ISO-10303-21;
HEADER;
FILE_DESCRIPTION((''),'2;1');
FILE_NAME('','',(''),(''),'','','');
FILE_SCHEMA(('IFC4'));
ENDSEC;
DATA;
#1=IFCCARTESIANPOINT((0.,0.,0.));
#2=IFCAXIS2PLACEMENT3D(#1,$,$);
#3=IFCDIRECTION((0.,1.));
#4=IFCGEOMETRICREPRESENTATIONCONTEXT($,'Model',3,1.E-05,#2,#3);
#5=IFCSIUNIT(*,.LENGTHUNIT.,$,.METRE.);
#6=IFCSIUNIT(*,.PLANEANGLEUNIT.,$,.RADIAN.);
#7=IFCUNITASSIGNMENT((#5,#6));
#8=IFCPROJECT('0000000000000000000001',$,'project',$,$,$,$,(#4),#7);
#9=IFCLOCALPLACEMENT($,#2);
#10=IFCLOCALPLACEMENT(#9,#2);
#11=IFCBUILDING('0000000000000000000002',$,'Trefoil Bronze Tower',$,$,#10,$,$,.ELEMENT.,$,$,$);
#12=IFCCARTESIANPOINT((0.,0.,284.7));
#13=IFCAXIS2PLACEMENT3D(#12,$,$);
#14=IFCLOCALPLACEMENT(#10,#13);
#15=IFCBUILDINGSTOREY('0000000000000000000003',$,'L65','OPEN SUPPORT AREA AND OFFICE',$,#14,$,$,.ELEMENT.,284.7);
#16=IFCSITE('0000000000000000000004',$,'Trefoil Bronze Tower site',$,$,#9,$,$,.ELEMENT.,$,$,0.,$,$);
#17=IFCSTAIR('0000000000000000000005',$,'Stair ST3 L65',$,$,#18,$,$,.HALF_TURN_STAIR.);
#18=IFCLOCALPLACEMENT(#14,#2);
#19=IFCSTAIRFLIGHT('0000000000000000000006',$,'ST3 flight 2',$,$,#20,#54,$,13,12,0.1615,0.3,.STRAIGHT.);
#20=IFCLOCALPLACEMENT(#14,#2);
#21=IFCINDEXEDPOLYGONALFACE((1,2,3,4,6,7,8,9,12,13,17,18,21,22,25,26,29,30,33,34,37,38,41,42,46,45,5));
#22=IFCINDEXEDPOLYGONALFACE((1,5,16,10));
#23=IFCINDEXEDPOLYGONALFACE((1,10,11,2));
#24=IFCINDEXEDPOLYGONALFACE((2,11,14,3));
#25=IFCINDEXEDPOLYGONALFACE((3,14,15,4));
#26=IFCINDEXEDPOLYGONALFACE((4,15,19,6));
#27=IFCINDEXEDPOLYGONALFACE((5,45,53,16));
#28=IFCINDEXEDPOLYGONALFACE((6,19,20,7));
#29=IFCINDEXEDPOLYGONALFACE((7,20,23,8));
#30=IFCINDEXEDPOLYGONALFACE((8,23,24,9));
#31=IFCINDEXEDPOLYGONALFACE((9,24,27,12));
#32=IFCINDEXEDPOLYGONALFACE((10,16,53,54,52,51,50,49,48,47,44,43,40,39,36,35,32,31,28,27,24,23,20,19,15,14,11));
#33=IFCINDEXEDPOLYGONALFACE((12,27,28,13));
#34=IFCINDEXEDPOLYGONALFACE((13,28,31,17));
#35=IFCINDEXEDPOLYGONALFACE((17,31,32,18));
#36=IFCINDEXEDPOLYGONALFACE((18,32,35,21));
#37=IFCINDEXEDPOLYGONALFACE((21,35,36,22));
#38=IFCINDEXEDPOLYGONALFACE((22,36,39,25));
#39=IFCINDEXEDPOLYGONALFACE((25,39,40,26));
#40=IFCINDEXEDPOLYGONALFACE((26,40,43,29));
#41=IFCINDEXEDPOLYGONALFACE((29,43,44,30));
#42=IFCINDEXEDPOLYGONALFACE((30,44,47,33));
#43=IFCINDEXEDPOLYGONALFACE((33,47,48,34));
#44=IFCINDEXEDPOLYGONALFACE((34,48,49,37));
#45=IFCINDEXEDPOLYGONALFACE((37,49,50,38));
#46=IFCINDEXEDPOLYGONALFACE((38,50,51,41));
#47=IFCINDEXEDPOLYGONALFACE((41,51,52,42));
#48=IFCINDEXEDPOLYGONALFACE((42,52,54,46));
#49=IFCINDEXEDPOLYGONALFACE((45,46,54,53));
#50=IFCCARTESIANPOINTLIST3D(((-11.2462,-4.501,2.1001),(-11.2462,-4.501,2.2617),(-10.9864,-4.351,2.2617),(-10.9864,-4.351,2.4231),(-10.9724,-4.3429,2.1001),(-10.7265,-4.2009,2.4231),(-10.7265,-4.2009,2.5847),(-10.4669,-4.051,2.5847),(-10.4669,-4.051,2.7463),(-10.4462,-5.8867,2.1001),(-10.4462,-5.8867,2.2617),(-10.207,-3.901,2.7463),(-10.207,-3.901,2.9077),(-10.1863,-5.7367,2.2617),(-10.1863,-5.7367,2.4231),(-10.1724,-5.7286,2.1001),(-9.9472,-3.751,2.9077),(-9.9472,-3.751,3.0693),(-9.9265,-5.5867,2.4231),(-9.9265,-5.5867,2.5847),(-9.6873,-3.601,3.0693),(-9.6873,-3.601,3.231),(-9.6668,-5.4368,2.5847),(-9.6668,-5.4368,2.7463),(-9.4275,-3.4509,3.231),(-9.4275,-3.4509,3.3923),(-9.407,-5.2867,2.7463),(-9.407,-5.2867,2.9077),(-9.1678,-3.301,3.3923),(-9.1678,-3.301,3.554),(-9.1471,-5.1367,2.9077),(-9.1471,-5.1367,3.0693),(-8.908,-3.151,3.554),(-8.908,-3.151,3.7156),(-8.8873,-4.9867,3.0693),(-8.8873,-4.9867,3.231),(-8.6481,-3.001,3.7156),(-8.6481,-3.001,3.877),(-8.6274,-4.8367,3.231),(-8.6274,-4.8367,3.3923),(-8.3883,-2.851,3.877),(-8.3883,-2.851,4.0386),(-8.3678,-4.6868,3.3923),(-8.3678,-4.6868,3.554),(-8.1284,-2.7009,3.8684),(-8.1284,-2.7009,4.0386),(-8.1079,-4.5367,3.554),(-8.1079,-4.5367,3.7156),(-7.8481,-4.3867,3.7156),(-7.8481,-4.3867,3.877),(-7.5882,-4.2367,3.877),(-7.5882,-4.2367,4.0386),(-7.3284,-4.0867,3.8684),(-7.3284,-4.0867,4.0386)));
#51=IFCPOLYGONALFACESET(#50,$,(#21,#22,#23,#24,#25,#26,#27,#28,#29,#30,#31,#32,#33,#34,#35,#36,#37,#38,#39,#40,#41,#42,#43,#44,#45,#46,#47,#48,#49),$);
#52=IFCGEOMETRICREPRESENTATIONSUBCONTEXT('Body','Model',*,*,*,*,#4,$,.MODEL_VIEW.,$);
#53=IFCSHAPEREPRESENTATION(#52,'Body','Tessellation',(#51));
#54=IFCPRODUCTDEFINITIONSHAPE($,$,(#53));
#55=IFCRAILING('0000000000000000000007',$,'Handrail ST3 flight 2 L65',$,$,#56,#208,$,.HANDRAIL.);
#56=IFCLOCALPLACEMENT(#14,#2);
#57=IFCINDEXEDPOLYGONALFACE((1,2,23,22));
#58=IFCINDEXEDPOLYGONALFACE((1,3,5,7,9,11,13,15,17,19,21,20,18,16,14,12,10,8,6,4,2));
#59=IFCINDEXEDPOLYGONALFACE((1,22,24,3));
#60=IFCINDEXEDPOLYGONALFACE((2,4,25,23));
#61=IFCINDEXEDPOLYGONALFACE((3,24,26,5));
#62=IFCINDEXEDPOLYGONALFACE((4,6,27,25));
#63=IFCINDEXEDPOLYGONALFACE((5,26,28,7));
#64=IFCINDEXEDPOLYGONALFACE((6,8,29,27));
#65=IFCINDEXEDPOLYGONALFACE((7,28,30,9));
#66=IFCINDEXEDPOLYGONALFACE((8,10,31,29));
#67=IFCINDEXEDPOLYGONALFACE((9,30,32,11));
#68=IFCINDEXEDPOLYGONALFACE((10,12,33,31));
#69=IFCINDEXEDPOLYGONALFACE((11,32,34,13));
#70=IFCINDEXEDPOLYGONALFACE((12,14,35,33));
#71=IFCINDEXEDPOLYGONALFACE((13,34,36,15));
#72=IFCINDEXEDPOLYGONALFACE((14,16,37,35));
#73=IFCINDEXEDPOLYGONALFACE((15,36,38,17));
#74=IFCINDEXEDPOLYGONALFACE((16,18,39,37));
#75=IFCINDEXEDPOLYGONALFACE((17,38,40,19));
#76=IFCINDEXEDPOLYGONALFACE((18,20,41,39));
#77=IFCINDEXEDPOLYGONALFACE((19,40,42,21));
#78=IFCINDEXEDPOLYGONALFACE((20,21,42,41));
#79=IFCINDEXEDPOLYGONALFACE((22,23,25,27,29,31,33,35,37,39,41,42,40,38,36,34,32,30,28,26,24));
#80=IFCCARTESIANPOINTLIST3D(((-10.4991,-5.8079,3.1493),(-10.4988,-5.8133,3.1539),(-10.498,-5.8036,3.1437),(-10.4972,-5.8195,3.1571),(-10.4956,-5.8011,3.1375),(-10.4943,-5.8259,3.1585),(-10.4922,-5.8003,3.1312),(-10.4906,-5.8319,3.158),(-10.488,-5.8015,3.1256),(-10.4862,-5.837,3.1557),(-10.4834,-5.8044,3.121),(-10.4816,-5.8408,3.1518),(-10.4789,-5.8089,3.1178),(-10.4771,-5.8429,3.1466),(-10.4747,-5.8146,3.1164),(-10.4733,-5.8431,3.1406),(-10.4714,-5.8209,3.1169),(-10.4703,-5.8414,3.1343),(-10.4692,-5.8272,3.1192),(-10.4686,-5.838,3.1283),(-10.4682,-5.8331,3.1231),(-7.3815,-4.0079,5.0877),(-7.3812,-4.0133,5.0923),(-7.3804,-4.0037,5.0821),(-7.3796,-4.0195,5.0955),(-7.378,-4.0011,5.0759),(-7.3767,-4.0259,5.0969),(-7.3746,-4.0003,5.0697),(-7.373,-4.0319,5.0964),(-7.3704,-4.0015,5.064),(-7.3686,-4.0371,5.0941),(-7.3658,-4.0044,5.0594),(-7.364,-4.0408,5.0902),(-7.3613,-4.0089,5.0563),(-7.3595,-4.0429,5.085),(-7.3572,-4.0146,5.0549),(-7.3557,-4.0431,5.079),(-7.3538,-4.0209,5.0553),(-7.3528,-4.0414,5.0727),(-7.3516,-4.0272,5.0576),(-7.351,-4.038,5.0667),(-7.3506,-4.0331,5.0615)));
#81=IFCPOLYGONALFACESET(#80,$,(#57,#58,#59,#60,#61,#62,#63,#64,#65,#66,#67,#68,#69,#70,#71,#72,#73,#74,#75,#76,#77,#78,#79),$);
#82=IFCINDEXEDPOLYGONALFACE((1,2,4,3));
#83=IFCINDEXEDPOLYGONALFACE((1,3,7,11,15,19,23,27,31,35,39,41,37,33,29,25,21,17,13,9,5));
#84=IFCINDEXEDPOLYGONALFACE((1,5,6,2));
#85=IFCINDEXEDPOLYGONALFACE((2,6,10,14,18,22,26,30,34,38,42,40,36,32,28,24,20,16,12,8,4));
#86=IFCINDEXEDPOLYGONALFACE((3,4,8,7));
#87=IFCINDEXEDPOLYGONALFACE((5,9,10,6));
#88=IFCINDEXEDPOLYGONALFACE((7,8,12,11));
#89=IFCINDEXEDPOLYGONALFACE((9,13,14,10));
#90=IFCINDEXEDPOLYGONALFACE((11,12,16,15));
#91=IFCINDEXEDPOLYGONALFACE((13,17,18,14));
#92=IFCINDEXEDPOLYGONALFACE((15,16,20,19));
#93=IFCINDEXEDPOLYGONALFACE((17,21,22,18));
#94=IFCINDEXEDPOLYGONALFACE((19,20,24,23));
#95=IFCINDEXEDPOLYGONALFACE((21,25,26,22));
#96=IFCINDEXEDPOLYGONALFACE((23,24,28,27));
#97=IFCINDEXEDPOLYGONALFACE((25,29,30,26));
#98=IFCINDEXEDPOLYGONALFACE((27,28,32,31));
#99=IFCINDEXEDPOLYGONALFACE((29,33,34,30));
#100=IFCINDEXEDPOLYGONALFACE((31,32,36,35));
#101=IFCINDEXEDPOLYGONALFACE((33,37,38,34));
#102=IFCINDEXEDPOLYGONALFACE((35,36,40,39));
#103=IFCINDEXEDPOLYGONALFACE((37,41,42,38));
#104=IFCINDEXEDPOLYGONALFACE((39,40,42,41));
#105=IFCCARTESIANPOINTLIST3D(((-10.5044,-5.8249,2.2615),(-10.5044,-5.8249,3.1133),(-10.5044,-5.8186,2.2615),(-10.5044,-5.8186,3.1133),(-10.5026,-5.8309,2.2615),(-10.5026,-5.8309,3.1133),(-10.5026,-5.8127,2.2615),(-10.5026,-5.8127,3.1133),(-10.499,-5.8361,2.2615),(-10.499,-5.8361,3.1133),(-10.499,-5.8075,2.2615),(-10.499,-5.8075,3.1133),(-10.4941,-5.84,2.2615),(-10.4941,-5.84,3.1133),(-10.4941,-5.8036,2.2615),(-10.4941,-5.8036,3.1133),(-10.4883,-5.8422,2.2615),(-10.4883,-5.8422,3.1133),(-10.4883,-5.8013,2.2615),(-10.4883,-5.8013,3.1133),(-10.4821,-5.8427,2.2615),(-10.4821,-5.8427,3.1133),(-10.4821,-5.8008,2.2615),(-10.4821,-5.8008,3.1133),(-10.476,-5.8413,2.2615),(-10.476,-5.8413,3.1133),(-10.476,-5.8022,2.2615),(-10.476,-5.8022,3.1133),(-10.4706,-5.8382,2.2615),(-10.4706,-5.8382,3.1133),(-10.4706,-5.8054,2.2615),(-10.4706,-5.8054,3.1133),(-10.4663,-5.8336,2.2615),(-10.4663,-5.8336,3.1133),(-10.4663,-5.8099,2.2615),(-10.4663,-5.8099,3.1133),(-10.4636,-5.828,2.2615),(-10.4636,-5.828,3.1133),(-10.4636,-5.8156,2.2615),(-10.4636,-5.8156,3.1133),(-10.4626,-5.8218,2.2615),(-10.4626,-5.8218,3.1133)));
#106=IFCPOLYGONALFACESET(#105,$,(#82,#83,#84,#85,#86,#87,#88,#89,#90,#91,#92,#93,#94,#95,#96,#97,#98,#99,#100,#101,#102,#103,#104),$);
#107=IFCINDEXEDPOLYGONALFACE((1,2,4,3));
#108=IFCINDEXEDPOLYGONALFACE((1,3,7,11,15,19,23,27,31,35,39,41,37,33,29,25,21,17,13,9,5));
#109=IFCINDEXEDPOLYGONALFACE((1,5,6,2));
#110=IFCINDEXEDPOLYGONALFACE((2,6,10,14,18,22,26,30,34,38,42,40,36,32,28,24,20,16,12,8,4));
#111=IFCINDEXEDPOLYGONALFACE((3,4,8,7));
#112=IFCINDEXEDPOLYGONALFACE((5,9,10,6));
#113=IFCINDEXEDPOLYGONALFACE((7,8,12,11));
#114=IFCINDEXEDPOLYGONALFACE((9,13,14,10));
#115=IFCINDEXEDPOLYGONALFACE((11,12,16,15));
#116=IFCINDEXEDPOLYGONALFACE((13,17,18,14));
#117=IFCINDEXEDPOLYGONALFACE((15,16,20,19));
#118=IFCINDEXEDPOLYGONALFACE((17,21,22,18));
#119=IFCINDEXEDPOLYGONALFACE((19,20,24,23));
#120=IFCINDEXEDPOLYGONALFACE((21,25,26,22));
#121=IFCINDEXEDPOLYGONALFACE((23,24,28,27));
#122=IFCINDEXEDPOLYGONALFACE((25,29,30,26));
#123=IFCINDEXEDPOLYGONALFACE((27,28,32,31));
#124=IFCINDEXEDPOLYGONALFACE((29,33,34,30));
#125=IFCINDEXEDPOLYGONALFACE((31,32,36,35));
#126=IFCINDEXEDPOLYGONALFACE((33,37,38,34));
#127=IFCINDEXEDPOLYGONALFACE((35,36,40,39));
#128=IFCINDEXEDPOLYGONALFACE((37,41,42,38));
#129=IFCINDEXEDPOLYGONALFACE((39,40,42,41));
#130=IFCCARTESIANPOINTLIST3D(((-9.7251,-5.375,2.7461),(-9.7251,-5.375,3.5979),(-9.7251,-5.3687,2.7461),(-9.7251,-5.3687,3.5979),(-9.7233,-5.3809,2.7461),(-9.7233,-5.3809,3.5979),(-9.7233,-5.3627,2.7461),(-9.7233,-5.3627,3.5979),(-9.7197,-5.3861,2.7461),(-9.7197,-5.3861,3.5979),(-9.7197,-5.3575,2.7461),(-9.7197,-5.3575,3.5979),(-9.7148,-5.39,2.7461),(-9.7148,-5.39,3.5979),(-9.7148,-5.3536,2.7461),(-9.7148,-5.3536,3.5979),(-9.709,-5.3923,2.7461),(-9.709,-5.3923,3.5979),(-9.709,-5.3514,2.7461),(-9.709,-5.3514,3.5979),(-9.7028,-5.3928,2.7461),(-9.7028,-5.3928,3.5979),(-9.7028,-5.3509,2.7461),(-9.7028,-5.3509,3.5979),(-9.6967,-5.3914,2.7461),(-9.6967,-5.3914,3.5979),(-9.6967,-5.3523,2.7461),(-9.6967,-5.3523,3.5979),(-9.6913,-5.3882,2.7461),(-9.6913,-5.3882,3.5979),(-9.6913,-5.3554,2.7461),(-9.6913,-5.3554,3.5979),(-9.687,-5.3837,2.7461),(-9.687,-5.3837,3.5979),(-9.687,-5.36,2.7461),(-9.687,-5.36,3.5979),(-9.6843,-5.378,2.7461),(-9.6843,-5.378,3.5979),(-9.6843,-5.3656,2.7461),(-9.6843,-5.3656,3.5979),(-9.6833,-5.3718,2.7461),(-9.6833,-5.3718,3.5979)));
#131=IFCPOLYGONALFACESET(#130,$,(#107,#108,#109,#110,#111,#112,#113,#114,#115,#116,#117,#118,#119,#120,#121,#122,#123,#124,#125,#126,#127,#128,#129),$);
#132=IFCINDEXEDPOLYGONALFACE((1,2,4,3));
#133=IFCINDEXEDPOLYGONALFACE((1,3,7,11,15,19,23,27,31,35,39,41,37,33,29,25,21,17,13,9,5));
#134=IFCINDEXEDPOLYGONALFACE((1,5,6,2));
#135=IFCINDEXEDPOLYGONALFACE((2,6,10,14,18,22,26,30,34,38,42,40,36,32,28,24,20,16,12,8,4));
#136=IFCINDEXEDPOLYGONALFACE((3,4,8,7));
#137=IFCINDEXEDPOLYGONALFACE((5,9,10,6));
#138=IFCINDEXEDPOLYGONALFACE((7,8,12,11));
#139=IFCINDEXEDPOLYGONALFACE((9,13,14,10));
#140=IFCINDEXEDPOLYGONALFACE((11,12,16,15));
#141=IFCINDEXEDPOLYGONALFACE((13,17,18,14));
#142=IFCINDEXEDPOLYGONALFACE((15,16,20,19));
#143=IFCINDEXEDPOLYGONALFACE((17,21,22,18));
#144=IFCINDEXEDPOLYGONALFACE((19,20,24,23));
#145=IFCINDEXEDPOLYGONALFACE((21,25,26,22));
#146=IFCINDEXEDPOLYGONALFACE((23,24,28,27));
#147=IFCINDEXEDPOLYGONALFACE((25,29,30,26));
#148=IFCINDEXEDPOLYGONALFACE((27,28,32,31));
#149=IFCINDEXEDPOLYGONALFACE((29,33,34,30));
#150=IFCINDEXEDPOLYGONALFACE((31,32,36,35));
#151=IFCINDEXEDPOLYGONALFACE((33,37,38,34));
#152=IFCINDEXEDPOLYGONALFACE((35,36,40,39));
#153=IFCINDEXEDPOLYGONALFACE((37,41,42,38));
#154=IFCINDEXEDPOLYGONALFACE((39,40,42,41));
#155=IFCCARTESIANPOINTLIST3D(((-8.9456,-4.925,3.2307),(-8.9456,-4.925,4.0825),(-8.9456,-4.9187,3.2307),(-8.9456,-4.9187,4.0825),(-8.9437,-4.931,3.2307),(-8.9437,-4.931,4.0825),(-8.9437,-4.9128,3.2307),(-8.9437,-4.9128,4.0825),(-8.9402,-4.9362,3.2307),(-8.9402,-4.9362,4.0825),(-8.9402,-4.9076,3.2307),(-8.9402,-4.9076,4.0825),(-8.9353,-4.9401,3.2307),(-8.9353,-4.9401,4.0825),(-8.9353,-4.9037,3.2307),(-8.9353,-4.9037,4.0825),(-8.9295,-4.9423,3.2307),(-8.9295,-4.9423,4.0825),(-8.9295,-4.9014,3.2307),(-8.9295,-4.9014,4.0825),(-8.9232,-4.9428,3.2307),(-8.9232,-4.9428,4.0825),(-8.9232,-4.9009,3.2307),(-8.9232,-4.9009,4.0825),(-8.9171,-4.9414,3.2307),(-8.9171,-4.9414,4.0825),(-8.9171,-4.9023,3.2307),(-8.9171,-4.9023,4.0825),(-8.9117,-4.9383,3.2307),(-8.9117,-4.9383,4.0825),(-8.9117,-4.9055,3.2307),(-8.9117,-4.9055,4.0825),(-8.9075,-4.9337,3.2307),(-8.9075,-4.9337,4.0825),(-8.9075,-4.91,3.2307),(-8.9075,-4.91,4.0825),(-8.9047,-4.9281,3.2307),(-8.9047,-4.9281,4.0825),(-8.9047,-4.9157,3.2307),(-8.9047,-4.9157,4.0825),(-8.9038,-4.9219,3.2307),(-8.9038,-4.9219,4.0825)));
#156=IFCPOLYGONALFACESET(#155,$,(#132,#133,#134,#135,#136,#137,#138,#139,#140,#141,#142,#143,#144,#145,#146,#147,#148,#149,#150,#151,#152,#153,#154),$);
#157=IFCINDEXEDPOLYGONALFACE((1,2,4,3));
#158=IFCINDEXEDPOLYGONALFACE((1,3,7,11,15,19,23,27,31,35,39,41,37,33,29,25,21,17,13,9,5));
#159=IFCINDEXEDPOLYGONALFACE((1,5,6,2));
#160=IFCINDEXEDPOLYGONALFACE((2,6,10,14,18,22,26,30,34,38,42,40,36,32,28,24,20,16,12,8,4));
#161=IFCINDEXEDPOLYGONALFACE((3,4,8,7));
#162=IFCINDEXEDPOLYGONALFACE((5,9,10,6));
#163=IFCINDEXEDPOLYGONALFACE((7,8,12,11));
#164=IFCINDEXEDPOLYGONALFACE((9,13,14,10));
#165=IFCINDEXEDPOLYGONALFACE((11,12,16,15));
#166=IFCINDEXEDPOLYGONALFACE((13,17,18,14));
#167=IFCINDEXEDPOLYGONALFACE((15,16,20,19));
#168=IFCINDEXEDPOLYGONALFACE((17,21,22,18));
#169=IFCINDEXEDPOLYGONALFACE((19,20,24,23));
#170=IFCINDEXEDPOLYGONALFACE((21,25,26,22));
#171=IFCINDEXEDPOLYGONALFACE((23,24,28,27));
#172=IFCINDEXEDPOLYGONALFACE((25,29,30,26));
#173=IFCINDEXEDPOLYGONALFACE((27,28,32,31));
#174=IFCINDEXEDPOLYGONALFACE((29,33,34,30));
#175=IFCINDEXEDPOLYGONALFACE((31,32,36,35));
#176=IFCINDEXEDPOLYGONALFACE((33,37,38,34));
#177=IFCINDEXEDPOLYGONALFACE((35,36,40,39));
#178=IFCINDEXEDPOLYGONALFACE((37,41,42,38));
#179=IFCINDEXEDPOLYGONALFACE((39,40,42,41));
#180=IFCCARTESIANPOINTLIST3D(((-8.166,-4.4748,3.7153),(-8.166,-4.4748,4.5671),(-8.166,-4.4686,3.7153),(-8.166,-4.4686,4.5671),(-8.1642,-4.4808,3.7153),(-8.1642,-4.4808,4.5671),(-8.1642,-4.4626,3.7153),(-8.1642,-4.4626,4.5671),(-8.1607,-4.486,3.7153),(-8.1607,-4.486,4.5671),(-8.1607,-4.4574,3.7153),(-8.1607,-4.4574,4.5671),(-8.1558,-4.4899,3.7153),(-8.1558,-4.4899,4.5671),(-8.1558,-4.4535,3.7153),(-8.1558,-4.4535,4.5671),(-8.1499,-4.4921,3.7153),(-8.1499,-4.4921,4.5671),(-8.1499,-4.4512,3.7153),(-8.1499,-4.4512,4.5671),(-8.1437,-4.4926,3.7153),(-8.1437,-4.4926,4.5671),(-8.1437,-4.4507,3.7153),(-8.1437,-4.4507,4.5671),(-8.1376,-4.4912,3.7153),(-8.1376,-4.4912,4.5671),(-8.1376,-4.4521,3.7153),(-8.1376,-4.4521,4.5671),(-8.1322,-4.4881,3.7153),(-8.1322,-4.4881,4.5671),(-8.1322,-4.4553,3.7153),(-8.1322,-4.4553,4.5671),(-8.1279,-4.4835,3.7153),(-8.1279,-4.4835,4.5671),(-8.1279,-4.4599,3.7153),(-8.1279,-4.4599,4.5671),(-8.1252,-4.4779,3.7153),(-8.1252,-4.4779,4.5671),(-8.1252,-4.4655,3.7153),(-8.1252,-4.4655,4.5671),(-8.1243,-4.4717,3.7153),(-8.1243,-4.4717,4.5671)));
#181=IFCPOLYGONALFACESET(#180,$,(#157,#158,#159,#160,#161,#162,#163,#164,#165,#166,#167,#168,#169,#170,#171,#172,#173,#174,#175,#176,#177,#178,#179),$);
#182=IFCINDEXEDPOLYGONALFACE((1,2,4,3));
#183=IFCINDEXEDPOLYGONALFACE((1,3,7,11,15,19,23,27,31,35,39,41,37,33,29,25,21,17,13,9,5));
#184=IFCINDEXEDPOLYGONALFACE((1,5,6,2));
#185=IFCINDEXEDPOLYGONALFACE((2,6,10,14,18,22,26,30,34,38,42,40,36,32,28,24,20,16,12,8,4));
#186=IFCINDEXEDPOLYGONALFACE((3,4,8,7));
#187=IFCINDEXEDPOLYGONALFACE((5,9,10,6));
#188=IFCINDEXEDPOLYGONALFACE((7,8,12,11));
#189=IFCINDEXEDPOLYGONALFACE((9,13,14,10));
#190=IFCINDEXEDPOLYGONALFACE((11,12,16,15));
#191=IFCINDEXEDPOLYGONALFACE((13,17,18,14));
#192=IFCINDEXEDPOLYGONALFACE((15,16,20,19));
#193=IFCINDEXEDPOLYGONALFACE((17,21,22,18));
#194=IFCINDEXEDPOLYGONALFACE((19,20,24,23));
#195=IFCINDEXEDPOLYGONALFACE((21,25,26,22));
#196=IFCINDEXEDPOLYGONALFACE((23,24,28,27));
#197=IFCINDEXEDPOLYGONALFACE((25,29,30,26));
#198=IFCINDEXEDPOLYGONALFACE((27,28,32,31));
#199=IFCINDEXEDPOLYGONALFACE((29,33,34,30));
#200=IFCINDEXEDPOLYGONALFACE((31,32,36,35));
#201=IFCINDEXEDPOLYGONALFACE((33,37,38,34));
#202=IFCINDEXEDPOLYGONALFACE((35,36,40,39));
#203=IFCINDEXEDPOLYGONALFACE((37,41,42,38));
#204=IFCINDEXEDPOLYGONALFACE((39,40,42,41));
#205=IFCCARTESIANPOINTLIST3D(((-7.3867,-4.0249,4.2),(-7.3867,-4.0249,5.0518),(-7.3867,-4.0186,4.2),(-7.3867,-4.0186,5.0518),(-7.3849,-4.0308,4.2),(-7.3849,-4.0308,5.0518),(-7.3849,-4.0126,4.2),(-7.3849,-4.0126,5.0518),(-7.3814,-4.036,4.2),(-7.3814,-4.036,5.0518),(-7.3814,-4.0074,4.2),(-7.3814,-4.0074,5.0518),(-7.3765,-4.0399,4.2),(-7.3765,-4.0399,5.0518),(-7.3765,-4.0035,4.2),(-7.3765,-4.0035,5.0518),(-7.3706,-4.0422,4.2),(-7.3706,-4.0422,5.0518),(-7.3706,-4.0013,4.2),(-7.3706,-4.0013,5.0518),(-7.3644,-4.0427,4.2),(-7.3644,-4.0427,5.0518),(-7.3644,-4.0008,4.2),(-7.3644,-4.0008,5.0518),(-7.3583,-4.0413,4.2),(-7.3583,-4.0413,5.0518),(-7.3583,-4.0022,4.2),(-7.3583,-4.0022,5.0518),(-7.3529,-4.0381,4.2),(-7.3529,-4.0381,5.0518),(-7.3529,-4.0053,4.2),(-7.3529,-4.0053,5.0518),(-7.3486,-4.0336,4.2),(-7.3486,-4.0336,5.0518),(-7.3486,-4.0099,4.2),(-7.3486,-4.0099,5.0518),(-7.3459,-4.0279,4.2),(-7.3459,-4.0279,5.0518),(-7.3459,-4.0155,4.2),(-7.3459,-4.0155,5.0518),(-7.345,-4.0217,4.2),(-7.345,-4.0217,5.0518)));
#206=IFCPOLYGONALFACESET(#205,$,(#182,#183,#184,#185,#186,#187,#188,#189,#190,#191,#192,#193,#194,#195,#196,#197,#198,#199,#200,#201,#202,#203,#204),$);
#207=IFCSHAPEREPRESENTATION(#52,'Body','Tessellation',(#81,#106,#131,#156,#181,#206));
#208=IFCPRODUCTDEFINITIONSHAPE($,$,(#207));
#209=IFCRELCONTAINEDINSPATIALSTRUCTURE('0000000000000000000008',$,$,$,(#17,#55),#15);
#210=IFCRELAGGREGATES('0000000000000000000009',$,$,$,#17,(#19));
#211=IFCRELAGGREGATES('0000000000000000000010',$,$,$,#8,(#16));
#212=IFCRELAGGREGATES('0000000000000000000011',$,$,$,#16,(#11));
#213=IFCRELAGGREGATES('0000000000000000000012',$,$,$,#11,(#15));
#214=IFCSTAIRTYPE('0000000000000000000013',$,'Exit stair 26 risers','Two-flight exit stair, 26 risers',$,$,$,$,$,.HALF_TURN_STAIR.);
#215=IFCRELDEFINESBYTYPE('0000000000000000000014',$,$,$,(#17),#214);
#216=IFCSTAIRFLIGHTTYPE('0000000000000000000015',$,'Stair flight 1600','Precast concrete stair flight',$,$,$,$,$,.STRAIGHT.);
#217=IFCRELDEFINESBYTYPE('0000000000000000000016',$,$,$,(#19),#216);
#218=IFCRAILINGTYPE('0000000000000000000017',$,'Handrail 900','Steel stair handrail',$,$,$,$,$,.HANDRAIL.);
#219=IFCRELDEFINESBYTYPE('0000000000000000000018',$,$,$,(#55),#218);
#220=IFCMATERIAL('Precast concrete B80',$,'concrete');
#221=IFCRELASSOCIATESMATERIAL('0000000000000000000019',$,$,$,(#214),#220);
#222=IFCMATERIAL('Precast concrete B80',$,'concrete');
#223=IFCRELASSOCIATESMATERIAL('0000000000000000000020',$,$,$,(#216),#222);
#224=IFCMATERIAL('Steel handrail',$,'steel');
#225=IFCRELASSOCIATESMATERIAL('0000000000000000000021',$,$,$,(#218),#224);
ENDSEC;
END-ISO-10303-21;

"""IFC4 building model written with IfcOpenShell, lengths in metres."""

from ifc_helpers import new_model, si_unit, direction, frame, origin, origin_2d, place, context, subcontext, project, spatial, polyline, circle, outline, extrude, material, type_object, element, aggregate, save


model = new_model("IFC4")

# Units and contexts
model_context = context("Model", 3, precision=1e-05, world=origin(), true_north=direction((0.0, 1.0)))
body_context = subcontext(model_context, "Body", "Model", "MODEL_VIEW")
ifc_project = project(units=[si_unit("LENGTHUNIT", "METRE"), si_unit("PLANEANGLEUNIT", "RADIAN")], contexts=[model_context])

# Site, building, storey
site_placement = place(None, origin())
site = spatial("IfcSite", under=ifc_project, at=site_placement, Name="Trefoil Bronze Tower site", CompositionType="ELEMENT", RefElevation=0.0)
building_placement = place(site_placement, origin())
building = spatial("IfcBuilding", under=site, at=building_placement, Name="Trefoil Bronze Tower", CompositionType="ELEMENT")
storey_placement = place(building_placement, frame((0.0, 0.0, 284.7)))
storey = spatial("IfcBuildingStorey", under=building, at=storey_placement, Name="L65", Description="OPEN SUPPORT AREA AND OFFICE", CompositionType="ELEMENT", Elevation=284.7)

# Stair, stair flight
ifc_material_1 = material(Name="Precast concrete B80", Category="concrete")
stair_type = type_object("IfcStairType", Name="Exit stair 26 risers", Description="Two-flight exit stair, 26 risers", PredefinedType="HALF_TURN_STAIR", material=ifc_material_1)
stair_placement = place(storey_placement, origin())
stair = element("IfcStair", 1, at=stair_placement, inside=storey, type_object=stair_type, Name="Stair ST3 L65", PredefinedType="HALF_TURN_STAIR")
ifc_material_2 = material(Name="Precast concrete B80", Category="concrete")
stair_flight_type = type_object("IfcStairFlightType", Name="Stair flight 1600", Description="Precast concrete stair flight", PredefinedType="STRAIGHT", material=ifc_material_2)
stair_flight_1_placement = place(storey_placement, frame((-10.8462, -5.1938, 2.1001), z_axis=(0.0, 0.0, 1.0), x_axis=(0.866025, 0.5, 0.0)))
stair_flight_1 = element("IfcStairFlight", 2, at=stair_flight_1_placement, type_object=stair_flight_type, Name="ST3 flight 2", NumberOfRisers=13, NumberOfTreads=12, PredefinedType="STRAIGHT", RiserHeight=0.1615, TreadLength=0.3, context=body_context, shape_type="SweptSolid", body=[
    extrude(outline(polyline([(0.0, 0.0), (0.0, 0.1616), (0.3, 0.1616), (0.3, 0.323), (0.6001, 0.323), (0.6001, 0.4846), (0.8999, 0.4846), (0.8999, 0.6462), (1.2, 0.6462), (1.2, 0.8076), (1.5, 0.8076), (1.5, 0.9692), (1.8, 0.9692), (1.8, 1.1309), (2.1001, 1.1309), (2.1001, 1.2922), (2.3999, 1.2922), (2.3999, 1.4539), (2.7, 1.4539), (2.7, 1.6155), (3.0, 1.6155), (3.0, 1.7769), (3.3, 1.7769), (3.3, 1.9385), (3.6001, 1.9385), (3.6001, 2.1001), (3.6001, 1.7683), (0.3162, 0.0), (0.0, 0.0)])), frame((0.0, 0.8, 0.0), z_axis=(0.0, -1.0, 0.0), x_axis=(1.0, 0.0, 0.0)), (0.0, 0.0, 1.0), 1.6001),
])
aggregate(stair, [stair_flight_1])

# Railing
ifc_material_3 = material(Name="Steel handrail", Category="steel")
railing_type = type_object("IfcRailingType", Name="Handrail 900", Description="Steel stair handrail", PredefinedType="HANDRAIL", material=ifc_material_3)
railing_placement = place(storey_placement, frame((-10.4836, -5.8218, 2.2615)))
element("IfcRailing", 3, at=railing_placement, inside=storey, type_object=railing_type, Name="Handrail ST3 flight 2 L65", PredefinedType="HANDRAIL", context=body_context, shape_type="SweptSolid", body=[
    extrude(circle(Radius=0.0239, at=origin_2d()), frame((0.0, 0.0, 0.876), z_axis=(0.762503, 0.440246, 0.474102), x_axis=(-0.500012, 0.866018, 0.0)), (0.0, 0.0, 1.0), 4.0886),
    extrude(circle(Radius=0.021, at=origin_2d()), origin(), (0.0, 0.0, 1.0), 0.8518),
    extrude(circle(Radius=0.021, at=origin_2d()), frame((0.7793, 0.45, 0.4846)), (0.0, 0.0, 1.0), 0.8518),
    extrude(circle(Radius=0.021, at=origin_2d()), frame((1.5588, 0.8999, 0.9692)), (0.0, 0.0, 1.0), 0.8518),
    extrude(circle(Radius=0.021, at=origin_2d()), frame((2.3384, 1.3501, 1.4539)), (0.0, 0.0, 1.0), 0.8518),
    extrude(circle(Radius=0.021, at=origin_2d()), frame((3.1177, 1.8, 1.9385)), (0.0, 0.0, 1.0), 0.8518),
])

save(model, "model.ifc")
